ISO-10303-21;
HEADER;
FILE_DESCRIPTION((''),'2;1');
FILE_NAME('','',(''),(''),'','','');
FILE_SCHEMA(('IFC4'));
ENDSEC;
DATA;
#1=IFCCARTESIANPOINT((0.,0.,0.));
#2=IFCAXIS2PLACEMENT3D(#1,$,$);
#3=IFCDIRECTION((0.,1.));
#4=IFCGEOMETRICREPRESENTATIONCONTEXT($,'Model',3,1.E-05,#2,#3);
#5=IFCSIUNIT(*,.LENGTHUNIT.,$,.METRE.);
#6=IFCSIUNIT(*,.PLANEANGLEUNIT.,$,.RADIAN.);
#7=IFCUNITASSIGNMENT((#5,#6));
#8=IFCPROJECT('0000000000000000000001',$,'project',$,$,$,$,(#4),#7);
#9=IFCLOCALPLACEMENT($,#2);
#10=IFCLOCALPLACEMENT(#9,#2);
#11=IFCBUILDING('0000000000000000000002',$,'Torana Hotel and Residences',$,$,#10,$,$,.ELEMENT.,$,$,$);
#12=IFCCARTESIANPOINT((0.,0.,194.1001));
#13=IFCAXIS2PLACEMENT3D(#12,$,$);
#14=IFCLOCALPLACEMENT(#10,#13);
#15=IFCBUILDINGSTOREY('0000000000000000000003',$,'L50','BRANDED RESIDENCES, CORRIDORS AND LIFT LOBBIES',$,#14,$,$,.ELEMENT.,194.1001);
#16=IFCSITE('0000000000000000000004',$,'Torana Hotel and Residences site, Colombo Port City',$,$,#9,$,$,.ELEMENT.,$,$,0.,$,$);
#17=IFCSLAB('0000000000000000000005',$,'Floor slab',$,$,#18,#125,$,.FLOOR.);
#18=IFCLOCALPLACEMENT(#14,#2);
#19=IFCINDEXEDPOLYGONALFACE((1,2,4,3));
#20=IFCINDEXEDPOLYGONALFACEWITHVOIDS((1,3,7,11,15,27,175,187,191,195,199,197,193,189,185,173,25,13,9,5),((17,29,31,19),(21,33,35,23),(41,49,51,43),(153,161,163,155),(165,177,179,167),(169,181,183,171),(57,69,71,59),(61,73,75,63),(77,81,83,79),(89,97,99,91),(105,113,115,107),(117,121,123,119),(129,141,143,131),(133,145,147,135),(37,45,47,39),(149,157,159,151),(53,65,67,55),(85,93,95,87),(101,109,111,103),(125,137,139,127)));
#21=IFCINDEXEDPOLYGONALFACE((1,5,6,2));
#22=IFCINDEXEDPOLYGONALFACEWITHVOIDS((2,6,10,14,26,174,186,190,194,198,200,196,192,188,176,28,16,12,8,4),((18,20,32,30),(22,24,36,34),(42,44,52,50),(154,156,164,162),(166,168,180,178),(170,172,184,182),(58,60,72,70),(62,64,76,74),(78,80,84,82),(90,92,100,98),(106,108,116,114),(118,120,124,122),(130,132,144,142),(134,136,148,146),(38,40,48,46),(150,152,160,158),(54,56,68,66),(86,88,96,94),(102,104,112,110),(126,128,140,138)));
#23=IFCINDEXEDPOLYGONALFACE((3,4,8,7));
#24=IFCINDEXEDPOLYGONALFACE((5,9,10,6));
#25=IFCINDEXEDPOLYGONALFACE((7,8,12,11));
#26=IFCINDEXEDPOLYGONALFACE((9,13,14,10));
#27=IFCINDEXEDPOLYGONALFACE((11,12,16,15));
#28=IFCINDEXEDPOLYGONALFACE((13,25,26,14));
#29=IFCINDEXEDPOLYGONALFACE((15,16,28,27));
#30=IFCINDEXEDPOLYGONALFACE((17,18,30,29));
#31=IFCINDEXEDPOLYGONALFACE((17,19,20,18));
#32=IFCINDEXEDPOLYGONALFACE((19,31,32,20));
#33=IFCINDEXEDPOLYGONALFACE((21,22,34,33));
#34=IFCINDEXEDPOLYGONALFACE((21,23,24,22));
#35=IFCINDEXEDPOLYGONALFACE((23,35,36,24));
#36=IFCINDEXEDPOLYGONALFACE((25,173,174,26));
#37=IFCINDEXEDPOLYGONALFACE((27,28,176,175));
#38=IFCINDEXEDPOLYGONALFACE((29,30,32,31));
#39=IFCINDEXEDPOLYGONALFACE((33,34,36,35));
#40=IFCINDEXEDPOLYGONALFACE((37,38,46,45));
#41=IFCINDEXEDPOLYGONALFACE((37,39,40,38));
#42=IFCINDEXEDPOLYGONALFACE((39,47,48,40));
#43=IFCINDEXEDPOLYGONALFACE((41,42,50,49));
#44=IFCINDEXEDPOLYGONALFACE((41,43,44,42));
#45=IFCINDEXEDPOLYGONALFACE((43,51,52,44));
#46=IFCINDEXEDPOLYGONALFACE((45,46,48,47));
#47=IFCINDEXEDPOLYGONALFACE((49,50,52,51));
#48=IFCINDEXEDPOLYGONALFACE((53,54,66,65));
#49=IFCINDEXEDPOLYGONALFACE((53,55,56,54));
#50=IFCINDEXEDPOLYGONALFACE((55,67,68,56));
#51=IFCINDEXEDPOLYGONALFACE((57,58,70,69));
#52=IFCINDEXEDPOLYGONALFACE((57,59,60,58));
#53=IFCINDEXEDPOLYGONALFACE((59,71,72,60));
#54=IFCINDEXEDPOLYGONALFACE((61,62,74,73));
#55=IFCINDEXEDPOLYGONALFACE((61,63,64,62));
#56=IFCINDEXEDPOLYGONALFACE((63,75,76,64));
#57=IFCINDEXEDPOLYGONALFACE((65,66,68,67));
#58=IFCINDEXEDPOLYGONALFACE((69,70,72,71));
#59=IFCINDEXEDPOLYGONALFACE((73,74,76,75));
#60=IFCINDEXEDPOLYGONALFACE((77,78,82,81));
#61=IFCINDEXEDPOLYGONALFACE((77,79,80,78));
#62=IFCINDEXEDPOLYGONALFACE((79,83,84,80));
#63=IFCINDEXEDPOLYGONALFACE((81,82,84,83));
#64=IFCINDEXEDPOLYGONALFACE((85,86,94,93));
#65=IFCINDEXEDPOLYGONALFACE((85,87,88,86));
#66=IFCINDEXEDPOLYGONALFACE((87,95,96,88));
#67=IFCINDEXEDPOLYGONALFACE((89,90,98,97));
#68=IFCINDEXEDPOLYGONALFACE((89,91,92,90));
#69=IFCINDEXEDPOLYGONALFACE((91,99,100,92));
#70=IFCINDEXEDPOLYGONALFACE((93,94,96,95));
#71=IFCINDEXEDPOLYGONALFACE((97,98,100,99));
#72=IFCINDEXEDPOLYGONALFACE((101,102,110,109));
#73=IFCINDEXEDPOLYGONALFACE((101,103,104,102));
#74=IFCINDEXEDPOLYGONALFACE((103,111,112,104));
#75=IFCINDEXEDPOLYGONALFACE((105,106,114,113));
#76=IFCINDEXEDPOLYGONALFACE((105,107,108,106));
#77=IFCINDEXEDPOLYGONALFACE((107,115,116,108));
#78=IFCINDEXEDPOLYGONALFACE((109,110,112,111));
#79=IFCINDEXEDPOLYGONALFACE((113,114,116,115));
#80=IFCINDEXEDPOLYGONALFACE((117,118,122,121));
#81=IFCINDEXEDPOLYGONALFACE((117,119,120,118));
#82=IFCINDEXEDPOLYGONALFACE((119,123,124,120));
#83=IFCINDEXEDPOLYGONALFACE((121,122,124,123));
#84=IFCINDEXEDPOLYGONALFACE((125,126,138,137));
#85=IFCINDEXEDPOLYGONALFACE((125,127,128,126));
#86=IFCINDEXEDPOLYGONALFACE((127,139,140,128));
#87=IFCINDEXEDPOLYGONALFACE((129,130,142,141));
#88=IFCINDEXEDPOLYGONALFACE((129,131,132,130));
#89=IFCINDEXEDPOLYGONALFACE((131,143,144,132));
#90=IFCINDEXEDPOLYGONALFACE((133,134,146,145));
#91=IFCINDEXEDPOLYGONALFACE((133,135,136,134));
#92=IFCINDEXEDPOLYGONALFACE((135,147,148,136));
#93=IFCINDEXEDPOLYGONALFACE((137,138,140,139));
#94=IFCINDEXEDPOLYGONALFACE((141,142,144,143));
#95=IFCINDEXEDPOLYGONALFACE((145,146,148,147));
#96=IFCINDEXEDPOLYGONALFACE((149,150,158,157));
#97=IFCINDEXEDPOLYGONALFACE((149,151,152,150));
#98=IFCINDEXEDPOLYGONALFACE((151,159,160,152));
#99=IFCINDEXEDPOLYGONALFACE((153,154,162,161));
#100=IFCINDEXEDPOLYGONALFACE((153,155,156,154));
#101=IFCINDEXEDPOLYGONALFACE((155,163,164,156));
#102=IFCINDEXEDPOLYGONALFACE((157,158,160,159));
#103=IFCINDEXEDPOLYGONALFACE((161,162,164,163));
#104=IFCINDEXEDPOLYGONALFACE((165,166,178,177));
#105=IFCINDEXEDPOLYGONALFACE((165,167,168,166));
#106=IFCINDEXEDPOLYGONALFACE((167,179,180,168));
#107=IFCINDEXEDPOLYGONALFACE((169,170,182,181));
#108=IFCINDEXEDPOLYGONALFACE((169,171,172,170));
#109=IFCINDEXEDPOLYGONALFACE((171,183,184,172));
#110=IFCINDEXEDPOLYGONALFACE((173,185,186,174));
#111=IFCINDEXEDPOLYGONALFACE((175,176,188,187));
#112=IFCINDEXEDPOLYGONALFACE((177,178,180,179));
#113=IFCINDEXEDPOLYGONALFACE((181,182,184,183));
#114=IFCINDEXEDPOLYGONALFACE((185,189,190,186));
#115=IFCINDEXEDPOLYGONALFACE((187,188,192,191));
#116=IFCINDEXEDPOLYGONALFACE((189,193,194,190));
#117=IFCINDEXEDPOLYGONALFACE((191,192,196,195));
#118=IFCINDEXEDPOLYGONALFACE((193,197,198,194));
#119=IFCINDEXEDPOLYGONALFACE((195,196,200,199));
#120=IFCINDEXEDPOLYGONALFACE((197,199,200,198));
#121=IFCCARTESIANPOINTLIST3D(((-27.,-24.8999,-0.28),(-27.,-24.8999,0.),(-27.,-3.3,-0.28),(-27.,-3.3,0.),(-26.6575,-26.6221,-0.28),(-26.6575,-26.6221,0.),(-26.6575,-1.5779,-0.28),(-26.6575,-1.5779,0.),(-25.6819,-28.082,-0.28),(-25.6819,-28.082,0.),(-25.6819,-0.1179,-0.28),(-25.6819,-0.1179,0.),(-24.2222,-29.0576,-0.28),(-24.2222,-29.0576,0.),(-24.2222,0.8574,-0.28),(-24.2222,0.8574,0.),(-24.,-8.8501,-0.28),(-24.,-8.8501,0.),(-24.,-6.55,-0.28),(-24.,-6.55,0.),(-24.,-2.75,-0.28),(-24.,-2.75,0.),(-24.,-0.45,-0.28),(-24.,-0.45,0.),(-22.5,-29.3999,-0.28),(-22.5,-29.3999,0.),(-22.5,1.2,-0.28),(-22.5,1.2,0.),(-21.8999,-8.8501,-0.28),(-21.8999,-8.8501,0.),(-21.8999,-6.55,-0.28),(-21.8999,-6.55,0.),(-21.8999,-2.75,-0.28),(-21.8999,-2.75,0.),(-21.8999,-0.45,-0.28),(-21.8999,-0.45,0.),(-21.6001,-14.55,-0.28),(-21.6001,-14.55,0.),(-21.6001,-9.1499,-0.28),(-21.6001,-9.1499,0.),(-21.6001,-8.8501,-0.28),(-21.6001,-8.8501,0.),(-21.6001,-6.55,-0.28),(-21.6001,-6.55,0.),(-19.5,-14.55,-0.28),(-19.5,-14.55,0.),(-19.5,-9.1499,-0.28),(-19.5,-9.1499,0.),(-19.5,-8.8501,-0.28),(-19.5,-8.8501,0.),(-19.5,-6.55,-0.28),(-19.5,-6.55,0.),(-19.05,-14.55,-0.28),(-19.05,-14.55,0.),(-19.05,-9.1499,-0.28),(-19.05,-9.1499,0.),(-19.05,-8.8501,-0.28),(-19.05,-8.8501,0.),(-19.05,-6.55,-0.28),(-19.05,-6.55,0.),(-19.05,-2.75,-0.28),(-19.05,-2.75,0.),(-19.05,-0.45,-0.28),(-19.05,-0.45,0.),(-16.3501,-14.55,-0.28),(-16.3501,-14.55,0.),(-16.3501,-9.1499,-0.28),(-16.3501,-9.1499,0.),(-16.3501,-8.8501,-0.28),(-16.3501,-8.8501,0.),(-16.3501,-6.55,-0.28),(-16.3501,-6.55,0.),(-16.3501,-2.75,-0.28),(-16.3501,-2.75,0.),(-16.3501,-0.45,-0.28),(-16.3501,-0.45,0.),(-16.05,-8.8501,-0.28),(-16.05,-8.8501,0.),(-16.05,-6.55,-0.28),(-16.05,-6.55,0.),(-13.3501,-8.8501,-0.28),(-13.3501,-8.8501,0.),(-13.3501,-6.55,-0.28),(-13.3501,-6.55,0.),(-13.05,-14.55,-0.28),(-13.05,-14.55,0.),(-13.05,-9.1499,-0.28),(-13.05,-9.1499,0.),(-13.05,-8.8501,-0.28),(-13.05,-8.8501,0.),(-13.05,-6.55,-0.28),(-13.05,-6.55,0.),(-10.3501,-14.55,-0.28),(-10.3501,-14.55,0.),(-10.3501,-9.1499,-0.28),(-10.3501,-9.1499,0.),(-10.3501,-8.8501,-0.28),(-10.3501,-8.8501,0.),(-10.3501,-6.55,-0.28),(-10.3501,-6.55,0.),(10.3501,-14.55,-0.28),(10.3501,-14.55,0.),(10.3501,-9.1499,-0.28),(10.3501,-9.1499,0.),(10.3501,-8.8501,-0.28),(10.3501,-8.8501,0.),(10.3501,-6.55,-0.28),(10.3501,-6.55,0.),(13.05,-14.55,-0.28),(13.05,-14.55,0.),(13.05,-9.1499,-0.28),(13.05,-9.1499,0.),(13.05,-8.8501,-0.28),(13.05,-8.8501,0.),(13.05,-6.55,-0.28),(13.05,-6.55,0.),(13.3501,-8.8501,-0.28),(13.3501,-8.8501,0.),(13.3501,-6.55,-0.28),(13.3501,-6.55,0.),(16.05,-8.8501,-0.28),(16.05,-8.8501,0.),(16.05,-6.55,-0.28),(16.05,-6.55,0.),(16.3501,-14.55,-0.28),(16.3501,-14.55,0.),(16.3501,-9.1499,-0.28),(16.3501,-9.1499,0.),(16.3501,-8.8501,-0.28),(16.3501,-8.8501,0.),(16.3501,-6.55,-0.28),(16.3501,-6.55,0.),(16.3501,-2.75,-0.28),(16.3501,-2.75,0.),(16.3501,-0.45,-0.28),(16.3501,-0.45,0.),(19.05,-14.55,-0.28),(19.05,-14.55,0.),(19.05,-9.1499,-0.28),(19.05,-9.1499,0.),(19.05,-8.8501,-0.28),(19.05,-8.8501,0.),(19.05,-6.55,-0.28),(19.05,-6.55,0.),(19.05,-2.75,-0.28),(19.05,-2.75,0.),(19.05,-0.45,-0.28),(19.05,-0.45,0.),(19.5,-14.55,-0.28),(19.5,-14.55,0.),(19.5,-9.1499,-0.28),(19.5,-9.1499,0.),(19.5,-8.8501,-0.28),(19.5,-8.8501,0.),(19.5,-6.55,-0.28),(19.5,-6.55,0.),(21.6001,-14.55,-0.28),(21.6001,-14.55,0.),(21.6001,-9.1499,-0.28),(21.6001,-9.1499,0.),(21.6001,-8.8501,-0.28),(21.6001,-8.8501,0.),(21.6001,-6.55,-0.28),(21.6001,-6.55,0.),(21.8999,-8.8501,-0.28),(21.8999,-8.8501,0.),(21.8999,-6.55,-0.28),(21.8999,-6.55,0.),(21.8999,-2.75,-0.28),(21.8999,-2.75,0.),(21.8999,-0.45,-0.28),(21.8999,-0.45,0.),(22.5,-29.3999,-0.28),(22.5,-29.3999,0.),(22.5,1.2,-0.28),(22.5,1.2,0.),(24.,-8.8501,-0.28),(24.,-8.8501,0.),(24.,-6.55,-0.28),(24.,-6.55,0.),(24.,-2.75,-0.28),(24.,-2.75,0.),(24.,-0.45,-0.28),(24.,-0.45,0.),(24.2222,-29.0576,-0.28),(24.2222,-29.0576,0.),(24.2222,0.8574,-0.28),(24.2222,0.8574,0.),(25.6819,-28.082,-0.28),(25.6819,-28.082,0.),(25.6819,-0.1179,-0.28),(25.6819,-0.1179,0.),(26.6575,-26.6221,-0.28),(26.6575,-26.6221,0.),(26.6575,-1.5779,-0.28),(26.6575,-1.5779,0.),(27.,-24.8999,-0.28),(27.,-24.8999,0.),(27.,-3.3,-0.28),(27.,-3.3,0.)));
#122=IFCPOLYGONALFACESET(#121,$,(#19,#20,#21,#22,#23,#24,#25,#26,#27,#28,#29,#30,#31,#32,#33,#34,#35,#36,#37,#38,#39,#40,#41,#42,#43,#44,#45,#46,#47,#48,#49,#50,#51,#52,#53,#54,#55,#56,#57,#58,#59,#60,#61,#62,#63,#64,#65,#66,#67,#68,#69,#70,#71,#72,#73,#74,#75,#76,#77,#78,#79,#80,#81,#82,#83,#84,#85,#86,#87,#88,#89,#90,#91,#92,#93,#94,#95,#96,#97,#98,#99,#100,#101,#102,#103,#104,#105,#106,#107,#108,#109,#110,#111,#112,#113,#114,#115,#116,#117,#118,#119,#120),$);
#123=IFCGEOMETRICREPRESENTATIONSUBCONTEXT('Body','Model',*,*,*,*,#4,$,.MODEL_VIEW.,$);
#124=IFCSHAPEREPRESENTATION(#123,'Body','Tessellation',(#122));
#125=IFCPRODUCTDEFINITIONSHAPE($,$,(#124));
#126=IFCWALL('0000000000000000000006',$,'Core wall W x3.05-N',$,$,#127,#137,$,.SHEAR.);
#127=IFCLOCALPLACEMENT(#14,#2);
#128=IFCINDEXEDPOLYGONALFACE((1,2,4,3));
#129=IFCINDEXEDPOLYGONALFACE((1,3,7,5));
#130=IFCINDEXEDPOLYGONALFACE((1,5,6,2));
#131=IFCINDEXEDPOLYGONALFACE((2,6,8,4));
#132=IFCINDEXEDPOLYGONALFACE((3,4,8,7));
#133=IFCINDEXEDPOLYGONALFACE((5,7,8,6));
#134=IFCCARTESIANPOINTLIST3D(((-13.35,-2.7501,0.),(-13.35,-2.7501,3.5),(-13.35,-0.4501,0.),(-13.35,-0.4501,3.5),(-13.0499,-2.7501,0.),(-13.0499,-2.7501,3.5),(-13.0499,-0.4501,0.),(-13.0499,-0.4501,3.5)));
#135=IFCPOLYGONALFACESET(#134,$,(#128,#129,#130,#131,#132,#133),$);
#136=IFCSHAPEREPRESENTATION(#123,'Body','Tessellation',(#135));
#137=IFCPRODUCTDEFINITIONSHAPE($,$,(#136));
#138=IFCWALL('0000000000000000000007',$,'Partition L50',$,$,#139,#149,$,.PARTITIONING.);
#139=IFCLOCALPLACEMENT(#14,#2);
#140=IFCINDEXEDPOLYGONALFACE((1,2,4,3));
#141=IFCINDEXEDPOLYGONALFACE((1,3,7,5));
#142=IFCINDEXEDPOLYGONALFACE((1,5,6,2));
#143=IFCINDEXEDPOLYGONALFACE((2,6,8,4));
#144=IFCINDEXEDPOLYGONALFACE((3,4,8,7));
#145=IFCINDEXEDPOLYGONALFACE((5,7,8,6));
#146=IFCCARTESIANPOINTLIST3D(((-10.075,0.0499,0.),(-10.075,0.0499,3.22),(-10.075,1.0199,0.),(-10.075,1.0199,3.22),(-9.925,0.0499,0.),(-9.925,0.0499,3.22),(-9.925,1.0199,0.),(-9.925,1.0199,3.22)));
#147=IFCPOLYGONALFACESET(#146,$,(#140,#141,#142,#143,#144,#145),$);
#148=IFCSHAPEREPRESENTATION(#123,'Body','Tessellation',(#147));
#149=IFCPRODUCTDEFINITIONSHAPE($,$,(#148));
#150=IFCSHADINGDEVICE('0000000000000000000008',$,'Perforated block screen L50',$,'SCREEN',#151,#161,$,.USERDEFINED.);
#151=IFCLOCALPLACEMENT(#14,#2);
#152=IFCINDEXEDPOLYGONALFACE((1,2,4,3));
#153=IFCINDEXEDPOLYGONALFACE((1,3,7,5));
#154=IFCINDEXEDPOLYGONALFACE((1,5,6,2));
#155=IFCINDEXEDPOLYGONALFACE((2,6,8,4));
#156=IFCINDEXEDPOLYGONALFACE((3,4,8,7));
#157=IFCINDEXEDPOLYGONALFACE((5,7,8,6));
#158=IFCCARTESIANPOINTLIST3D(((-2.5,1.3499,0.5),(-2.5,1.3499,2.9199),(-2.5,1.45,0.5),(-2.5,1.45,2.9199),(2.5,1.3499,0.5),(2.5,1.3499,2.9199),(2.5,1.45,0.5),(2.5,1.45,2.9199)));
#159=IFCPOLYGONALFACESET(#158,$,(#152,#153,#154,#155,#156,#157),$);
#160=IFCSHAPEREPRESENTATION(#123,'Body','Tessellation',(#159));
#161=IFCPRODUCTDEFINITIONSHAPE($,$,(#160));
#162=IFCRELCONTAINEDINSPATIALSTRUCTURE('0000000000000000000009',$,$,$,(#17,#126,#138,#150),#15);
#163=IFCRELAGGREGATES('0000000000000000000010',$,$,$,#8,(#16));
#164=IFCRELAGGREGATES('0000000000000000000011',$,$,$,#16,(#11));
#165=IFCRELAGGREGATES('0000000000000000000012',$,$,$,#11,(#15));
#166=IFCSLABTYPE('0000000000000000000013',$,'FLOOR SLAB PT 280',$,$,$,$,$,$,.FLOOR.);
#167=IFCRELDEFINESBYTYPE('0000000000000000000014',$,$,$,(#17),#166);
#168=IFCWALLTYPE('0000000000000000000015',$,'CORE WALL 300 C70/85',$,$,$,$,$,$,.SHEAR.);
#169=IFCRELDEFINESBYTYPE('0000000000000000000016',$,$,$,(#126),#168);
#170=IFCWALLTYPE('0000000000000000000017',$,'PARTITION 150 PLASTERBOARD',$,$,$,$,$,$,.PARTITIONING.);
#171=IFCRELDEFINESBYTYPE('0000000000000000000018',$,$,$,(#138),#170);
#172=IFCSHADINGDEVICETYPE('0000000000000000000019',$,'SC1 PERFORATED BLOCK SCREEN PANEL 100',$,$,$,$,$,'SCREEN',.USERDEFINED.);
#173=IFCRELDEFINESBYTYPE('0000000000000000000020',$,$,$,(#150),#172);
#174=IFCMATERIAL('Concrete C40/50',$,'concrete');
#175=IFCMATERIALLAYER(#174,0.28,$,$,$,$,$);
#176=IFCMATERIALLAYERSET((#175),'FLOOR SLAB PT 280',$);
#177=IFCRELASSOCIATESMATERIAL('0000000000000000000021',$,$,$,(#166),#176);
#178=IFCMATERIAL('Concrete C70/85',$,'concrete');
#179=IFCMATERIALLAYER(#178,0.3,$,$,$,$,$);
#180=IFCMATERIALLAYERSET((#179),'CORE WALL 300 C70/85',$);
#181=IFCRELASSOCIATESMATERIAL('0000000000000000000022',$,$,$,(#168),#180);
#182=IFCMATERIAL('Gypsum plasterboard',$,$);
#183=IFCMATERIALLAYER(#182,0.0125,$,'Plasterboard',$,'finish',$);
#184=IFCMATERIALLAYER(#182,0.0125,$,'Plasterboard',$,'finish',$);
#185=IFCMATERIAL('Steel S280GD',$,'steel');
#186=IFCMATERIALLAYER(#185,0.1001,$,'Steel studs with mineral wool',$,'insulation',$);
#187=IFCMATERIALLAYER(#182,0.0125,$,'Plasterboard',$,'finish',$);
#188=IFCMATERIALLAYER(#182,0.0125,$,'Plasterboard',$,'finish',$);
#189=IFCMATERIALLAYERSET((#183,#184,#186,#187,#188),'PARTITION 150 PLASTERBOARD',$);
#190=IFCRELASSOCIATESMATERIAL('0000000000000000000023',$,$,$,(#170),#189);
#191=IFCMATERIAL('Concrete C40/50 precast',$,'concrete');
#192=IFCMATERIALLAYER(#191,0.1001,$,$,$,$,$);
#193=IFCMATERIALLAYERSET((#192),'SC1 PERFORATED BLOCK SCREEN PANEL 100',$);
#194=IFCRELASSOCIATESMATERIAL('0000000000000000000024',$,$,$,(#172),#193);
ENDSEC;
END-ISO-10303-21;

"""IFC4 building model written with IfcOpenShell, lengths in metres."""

from ifc_helpers import new_model, si_unit, direction, frame, frame_2d, origin, origin_2d, place, context, subcontext, project, spatial, polyline, rectangle, outline, extrude, material, layer, layer_set, type_object, element, save


model = new_model("IFC4")

# Units and contexts
model_context = context("Model", 3, precision=1e-05, world=origin(), true_north=direction((0.0, 1.0)))
body_context = subcontext(model_context, "Body", "Model", "MODEL_VIEW")
ifc_project = project(units=[si_unit("LENGTHUNIT", "METRE"), si_unit("PLANEANGLEUNIT", "RADIAN")], contexts=[model_context])

# Site, building, storey
site_placement = place(None, origin())
site = spatial("IfcSite", under=ifc_project, at=site_placement, Name="Torana Hotel and Residences site, Colombo Port City", CompositionType="ELEMENT", RefElevation=0.0)
building_placement = place(site_placement, origin())
building = spatial("IfcBuilding", under=site, at=building_placement, Name="Torana Hotel and Residences", CompositionType="ELEMENT")
storey_placement = place(building_placement, frame((0.0, 0.0, 194.1001)))
storey = spatial("IfcBuildingStorey", under=building, at=storey_placement, Name="L50", Description="BRANDED RESIDENCES, CORRIDORS AND LIFT LOBBIES", CompositionType="ELEMENT", Elevation=194.1001)

# Slab
ifc_material_1 = material(Name="Concrete C40/50", Category="concrete")
ifc_layer_1 = layer(ifc_material_1, 0.28)
ifc_layer_set_1 = layer_set([ifc_layer_1], Name="FLOOR SLAB PT 280")
slab_type_1 = type_object("IfcSlabType", Name="FLOOR SLAB PT 280", PredefinedType="FLOOR", material=ifc_layer_set_1)
slab_1_placement = place(storey_placement, frame((0.0, 0.0, -0.28)))
element("IfcSlab", 1, at=slab_1_placement, inside=storey, type_object=slab_type_1, Name="Floor slab", PredefinedType="FLOOR", context=body_context, shape_type="SweptSolid", body=[
    extrude(outline(polyline([(27.0, -3.3), (26.6575, -1.5779), (25.6819, -0.1179), (24.2222, 0.8574), (22.5, 1.2), (-22.5, 1.2), (-24.2222, 0.8574), (-25.6819, -0.1179), (-26.6575, -1.5779), (-27.0, -3.3), (-27.0, -24.8999), (-26.6575, -26.6221), (-25.6819, -28.082), (-24.2222, -29.0576), (-22.5, -29.3999), (22.5, -29.3999), (24.2222, -29.0576), (25.6819, -28.082), (26.6575, -26.6221), (27.0, -24.8999), (27.0, -3.3)]), holes=[polyline([(-13.05, -14.55), (-10.3501, -14.55), (-10.3501, -9.1499), (-13.05, -9.1499), (-13.05, -14.55)]), polyline([(-19.05, -14.55), (-16.3501, -14.55), (-16.3501, -9.1499), (-19.05, -9.1499), (-19.05, -14.55)]), polyline([(-19.05, -2.75), (-16.3501, -2.75), (-16.3501, -0.45), (-19.05, -0.45), (-19.05, -2.75)]), polyline([(-21.6001, -8.8501), (-19.5, -8.8501), (-19.5, -6.55), (-21.6001, -6.55), (-21.6001, -8.8501)]), polyline([(-24.0, -2.75), (-21.8999, -2.75), (-21.8999, -0.45), (-24.0, -0.45), (-24.0, -2.75)]), polyline([(-24.0, -8.8501), (-21.8999, -8.8501), (-21.8999, -6.55), (-24.0, -6.55), (-24.0, -8.8501)]), polyline([(-13.05, -8.8501), (-10.3501, -8.8501), (-10.3501, -6.55), (-13.05, -6.55), (-13.05, -8.8501)]), polyline([(-16.05, -8.8501), (-13.3501, -8.8501), (-13.3501, -6.55), (-16.05, -6.55), (-16.05, -8.8501)]), polyline([(-19.05, -8.8501), (-16.3501, -8.8501), (-16.3501, -6.55), (-19.05, -6.55), (-19.05, -8.8501)]), polyline([(-21.6001, -14.55), (-19.5, -14.55), (-19.5, -9.1499), (-21.6001, -9.1499), (-21.6001, -14.55)]), polyline([(10.3501, -14.55), (13.05, -14.55), (13.05, -9.1499), (10.3501, -9.1499), (10.3501, -14.55)]), polyline([(16.3501, -14.55), (19.05, -14.55), (19.05, -9.1499), (16.3501, -9.1499), (16.3501, -14.55)]), polyline([(16.3501, -2.75), (19.05, -2.75), (19.05, -0.45), (16.3501, -0.45), (16.3501, -2.75)]), polyline([(19.5, -8.8501), (21.6001, -8.8501), (21.6001, -6.55), (19.5, -6.55), (19.5, -8.8501)]), polyline([(21.8999, -2.75), (24.0, -2.75), (24.0, -0.45), (21.8999, -0.45), (21.8999, -2.75)]), polyline([(21.8999, -8.8501), (24.0, -8.8501), (24.0, -6.55), (21.8999, -6.55), (21.8999, -8.8501)]), polyline([(10.3501, -8.8501), (13.05, -8.8501), (13.05, -6.55), (10.3501, -6.55), (10.3501, -8.8501)]), polyline([(13.3501, -8.8501), (16.05, -8.8501), (16.05, -6.55), (13.3501, -6.55), (13.3501, -8.8501)]), polyline([(16.3501, -8.8501), (19.05, -8.8501), (19.05, -6.55), (16.3501, -6.55), (16.3501, -8.8501)]), polyline([(19.5, -14.55), (21.6001, -14.55), (21.6001, -9.1499), (19.5, -9.1499), (19.5, -14.55)])]), origin(), (0.0, 0.0, 1.0), 0.28),
])

# Walls
ifc_material_2 = material(Name="Concrete C70/85", Category="concrete")
ifc_layer_2 = layer(ifc_material_2, 0.3)
ifc_layer_set_2 = layer_set([ifc_layer_2], Name="CORE WALL 300 C70/85")
wall_type_1 = type_object("IfcWallType", Name="CORE WALL 300 C70/85", PredefinedType="SHEAR", material=ifc_layer_set_2)
wall_1_placement = place(storey_placement, frame((-13.2, -2.75, 0.0), z_axis=(0.0, 0.0, 1.0), x_axis=(0.0, 1.0, 0.0)))
element("IfcWall", 2, at=wall_1_placement, inside=storey, type_object=wall_type_1, Name="Core wall W x3.05-N", PredefinedType="SHEAR", context=body_context, shape_type="SweptSolid", body=[
    extrude(rectangle(XDim=2.3, YDim=0.3, at=frame_2d((1.1499, 0.0))), origin(), (0.0, 0.0, 1.0), 3.5),
])
ifc_material_3 = material(Name="Gypsum plasterboard")
ifc_layer_3 = layer(ifc_material_3, 0.0125, Name="Plasterboard", Category="finish")
ifc_layer_4 = layer(ifc_material_3, 0.0125, Name="Plasterboard", Category="finish")
ifc_material_4 = material(Name="Steel S280GD", Category="steel")
ifc_layer_5 = layer(ifc_material_4, 0.1001, Name="Steel studs with mineral wool", Category="insulation")
ifc_layer_6 = layer(ifc_material_3, 0.0125, Name="Plasterboard", Category="finish")
ifc_layer_7 = layer(ifc_material_3, 0.0125, Name="Plasterboard", Category="finish")
ifc_layer_set_3 = layer_set([ifc_layer_3, ifc_layer_4, ifc_layer_5, ifc_layer_6, ifc_layer_7], Name="PARTITION 150 PLASTERBOARD")
wall_type_2 = type_object("IfcWallType", Name="PARTITION 150 PLASTERBOARD", PredefinedType="PARTITIONING", material=ifc_layer_set_3)
wall_2_placement = place(storey_placement, frame((-10.0, 0.05, 0.0), z_axis=(0.0, 0.0, 1.0), x_axis=(0.0, 1.0, 0.0)))
element("IfcWall", 3, at=wall_2_placement, inside=storey, type_object=wall_type_2, Name="Partition L50", PredefinedType="PARTITIONING", context=body_context, shape_type="SweptSolid", body=[
    extrude(rectangle(XDim=0.97, YDim=0.1499, at=frame_2d((0.4849, 0.0))), origin(), (0.0, 0.0, 1.0), 3.22),
])

# Shading device
ifc_material_5 = material(Name="Concrete C40/50 precast", Category="concrete")
ifc_layer_8 = layer(ifc_material_5, 0.1001)
ifc_layer_set_4 = layer_set([ifc_layer_8], Name="SC1 PERFORATED BLOCK SCREEN PANEL 100")
shading_device_type = type_object("IfcShadingDeviceType", Name="SC1 PERFORATED BLOCK SCREEN PANEL 100", ElementType="SCREEN", PredefinedType="USERDEFINED", material=ifc_layer_set_4)
shading_device_placement = place(storey_placement, frame((0.0, 1.3999, 0.5), z_axis=(0.0, 0.0, 1.0), x_axis=(-1.0, 0.0, 0.0)))
element("IfcShadingDevice", 4, at=shading_device_placement, inside=storey, type_object=shading_device_type, Name="Perforated block screen L50", ObjectType="SCREEN", PredefinedType="USERDEFINED", context=body_context, shape_type="SweptSolid", body=[
    extrude(rectangle(XDim=5.0, YDim=0.1001, at=origin_2d()), origin(), (0.0, 0.0, 1.0), 2.4199),
])

save(model, "model.ifc")
